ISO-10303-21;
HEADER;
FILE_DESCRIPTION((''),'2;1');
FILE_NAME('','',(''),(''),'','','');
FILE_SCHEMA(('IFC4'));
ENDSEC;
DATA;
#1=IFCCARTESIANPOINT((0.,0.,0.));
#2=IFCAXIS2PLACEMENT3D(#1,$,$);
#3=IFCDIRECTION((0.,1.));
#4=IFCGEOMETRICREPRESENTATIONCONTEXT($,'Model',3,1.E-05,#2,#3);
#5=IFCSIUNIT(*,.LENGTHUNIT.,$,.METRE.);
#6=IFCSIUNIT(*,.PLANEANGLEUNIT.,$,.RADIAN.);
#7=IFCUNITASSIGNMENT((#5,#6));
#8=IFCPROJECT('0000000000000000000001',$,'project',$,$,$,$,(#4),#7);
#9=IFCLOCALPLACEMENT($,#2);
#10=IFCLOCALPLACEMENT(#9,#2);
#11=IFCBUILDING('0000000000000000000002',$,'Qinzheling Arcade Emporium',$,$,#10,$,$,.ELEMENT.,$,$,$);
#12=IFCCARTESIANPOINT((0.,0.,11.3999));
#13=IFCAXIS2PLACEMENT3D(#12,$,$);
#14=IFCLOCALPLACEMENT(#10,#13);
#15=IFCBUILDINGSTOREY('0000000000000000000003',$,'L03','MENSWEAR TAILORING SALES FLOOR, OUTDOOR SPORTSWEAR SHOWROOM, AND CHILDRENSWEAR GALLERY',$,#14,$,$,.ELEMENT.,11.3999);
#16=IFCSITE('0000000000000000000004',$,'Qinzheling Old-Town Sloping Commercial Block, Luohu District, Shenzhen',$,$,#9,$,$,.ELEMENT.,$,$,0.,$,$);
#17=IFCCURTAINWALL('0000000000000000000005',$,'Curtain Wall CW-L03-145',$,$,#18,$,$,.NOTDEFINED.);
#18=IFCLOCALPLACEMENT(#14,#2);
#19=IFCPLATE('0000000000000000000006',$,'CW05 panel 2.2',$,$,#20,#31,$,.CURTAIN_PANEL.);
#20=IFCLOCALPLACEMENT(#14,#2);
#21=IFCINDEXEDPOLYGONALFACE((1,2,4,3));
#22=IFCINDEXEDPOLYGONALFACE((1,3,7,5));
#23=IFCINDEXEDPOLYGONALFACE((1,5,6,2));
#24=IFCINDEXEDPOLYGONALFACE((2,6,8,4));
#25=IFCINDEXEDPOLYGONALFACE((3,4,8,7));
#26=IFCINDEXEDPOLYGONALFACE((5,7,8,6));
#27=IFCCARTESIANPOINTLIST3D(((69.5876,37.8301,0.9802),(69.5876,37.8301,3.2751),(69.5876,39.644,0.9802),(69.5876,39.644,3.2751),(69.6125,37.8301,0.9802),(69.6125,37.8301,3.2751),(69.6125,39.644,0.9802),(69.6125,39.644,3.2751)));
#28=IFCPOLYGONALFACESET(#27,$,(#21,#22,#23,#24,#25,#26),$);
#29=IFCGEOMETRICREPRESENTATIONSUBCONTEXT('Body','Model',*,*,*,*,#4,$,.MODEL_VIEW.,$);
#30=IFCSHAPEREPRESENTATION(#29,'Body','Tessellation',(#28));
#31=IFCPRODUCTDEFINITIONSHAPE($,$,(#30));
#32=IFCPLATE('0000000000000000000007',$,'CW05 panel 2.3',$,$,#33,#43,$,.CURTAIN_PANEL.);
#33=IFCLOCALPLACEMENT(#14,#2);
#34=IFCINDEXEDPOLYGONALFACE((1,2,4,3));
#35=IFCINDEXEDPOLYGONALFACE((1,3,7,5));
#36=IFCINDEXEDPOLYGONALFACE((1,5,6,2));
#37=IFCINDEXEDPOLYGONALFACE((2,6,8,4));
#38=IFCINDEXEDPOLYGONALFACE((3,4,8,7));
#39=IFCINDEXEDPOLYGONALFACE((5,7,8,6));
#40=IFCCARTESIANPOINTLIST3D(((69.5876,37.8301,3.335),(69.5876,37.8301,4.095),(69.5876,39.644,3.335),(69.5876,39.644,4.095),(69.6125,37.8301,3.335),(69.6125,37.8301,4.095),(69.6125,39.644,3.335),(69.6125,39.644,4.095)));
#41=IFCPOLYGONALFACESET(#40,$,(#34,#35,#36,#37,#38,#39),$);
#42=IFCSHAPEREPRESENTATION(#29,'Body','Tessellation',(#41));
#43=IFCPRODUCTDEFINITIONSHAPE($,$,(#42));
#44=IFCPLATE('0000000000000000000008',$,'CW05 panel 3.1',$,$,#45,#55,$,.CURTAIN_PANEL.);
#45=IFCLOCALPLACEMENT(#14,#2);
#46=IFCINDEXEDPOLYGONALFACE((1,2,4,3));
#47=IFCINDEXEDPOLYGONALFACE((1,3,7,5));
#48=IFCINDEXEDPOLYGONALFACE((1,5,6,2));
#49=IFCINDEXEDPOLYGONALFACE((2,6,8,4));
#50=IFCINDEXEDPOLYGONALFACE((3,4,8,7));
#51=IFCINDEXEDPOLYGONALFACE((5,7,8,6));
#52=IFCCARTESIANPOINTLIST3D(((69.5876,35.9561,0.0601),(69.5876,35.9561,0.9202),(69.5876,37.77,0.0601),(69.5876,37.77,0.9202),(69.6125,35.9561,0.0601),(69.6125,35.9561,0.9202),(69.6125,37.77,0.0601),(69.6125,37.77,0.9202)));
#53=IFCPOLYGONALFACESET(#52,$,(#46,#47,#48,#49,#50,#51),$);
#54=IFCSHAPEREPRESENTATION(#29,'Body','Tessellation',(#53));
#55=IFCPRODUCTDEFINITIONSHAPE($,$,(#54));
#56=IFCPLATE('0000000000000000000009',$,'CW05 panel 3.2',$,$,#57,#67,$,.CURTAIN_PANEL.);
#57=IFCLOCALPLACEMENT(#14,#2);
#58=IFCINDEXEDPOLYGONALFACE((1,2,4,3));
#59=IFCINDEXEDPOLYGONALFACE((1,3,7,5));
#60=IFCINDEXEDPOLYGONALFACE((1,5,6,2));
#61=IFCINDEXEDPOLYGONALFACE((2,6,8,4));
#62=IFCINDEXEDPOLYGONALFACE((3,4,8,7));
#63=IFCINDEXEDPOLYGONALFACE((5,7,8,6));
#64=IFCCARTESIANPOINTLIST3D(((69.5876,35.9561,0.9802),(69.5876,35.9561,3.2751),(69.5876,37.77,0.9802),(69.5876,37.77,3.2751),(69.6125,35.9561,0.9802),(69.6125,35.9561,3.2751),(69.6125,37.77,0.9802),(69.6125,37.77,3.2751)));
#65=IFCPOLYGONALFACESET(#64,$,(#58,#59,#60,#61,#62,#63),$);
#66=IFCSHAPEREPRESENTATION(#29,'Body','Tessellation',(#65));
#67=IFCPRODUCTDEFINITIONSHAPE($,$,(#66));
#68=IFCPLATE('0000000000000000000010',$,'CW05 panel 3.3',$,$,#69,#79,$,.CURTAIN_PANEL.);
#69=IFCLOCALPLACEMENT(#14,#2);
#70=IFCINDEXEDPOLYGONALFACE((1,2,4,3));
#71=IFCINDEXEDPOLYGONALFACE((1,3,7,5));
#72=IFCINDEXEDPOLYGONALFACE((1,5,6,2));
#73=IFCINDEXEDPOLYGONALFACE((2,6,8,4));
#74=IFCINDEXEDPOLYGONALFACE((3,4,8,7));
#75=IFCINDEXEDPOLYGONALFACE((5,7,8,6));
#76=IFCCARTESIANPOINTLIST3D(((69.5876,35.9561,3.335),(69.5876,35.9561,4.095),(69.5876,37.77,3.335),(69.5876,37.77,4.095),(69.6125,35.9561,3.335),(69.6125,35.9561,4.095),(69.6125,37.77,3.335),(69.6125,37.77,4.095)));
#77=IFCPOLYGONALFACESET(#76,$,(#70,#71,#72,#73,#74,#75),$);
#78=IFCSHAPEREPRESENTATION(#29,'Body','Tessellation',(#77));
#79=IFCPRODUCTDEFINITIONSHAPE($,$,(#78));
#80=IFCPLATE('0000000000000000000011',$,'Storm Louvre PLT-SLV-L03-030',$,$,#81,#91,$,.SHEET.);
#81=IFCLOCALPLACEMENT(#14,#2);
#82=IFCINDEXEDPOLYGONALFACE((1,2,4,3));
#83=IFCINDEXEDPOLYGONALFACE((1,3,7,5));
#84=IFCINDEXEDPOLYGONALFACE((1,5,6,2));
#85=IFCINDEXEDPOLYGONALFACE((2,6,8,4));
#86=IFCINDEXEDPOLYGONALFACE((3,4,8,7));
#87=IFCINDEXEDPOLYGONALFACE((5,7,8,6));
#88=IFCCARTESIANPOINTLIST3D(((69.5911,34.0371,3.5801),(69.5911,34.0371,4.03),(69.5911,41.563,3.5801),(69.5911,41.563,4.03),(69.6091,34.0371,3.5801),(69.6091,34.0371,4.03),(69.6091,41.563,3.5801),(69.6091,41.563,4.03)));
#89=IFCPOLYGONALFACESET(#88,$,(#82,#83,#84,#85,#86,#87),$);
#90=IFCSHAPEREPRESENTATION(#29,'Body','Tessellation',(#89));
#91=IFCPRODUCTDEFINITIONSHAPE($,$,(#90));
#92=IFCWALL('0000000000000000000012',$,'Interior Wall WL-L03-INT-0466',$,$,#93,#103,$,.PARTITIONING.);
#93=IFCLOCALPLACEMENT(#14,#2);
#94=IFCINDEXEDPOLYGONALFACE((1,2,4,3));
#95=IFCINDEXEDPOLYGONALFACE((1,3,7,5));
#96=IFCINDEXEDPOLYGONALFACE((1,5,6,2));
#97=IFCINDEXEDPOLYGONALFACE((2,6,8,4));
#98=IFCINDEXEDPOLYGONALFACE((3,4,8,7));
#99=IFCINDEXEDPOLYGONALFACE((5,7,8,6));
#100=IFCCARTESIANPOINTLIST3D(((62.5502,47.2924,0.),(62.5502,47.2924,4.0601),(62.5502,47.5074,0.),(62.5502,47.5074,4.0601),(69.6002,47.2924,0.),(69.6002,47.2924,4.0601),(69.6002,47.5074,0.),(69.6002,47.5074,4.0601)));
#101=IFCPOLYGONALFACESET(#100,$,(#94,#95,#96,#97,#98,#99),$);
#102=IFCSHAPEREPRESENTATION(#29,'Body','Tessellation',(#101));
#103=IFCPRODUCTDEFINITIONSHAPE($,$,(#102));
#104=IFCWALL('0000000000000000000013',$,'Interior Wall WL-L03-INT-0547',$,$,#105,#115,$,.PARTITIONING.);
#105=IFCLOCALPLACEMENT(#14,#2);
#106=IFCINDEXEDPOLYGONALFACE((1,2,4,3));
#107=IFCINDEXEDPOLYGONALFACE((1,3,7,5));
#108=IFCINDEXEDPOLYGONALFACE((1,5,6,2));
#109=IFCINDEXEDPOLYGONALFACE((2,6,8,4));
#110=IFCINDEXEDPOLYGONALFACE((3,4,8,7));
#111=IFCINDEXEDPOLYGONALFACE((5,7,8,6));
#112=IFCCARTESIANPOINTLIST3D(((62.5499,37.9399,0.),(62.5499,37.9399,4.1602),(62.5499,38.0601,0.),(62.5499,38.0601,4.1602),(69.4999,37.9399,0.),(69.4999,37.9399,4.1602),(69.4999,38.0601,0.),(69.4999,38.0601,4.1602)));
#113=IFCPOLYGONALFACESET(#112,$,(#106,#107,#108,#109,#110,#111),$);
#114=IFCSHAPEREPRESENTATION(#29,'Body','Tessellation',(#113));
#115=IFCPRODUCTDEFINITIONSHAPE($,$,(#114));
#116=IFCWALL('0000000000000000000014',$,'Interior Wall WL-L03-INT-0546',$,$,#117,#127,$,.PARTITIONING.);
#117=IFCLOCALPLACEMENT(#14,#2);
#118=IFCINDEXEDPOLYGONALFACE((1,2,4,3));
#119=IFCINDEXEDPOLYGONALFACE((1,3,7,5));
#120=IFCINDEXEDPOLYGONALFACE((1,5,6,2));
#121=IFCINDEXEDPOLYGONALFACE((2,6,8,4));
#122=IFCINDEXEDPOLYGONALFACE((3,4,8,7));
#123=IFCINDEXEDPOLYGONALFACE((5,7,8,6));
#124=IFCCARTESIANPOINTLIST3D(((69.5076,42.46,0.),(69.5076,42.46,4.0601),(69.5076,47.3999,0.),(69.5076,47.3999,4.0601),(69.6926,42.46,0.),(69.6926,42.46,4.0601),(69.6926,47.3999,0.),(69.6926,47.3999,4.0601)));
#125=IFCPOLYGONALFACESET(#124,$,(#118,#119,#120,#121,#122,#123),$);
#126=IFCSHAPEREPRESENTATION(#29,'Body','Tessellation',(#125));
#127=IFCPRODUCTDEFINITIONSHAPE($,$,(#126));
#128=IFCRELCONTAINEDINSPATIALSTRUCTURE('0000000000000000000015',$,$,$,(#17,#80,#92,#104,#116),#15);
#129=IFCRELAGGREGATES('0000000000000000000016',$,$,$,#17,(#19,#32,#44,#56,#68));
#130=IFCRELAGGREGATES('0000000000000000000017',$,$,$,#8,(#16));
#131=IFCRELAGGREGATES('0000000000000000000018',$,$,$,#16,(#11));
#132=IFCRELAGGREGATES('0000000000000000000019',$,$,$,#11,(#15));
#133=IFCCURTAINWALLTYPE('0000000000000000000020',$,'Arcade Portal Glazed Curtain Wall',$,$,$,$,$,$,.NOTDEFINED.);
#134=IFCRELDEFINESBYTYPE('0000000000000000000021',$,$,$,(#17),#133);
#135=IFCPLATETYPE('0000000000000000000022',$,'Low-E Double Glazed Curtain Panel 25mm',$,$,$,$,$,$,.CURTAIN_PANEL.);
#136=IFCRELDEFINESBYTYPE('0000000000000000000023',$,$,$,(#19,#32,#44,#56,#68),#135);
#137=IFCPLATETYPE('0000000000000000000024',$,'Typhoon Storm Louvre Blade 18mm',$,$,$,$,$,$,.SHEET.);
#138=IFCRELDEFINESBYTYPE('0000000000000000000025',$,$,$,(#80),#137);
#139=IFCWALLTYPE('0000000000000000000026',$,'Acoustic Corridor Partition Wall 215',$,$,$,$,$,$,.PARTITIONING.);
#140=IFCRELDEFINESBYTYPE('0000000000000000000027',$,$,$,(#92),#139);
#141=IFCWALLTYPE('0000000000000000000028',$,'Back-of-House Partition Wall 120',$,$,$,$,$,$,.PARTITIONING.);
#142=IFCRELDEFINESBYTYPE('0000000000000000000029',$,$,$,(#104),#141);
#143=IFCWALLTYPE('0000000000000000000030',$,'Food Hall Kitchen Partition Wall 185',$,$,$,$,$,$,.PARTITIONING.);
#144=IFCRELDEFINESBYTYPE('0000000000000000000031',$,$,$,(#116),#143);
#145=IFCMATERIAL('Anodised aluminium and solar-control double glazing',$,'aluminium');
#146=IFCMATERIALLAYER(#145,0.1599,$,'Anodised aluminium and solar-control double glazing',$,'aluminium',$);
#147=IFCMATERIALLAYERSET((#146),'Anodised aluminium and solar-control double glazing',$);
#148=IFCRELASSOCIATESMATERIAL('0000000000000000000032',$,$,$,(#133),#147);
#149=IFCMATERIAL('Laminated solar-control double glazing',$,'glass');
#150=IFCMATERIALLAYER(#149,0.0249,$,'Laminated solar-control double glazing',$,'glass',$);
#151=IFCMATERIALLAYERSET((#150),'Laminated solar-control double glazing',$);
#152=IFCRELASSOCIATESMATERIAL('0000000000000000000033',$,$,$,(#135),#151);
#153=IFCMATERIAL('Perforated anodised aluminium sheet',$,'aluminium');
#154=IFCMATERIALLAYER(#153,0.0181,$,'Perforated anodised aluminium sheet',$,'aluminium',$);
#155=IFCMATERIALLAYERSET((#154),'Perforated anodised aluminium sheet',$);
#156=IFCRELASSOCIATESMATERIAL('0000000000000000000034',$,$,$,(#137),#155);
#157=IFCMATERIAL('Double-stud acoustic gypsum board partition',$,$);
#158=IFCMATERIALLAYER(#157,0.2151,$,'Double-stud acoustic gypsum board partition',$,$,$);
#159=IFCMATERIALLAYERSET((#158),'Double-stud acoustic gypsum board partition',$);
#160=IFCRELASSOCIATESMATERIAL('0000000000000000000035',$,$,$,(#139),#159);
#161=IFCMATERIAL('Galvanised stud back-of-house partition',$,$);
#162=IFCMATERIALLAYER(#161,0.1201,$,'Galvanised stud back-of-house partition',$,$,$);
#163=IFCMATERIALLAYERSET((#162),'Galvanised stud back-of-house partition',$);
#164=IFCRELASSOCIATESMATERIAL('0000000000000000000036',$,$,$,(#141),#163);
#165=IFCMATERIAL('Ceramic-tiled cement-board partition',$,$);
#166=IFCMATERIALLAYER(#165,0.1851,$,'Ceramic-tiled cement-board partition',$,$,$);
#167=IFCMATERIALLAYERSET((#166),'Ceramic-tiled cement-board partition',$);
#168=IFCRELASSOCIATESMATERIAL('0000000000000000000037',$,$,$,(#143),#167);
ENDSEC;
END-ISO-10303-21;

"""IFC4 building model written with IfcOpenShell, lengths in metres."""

from ifc_helpers import new_model, si_unit, direction, frame, frame_2d, origin, origin_2d, place, context, subcontext, project, spatial, rectangle, extrude, material, layer, layer_set, type_object, element, aggregate, save


model = new_model("IFC4")

# Units and contexts
model_context = context("Model", 3, precision=1e-05, world=origin(), true_north=direction((0.0, 1.0)))
body_context = subcontext(model_context, "Body", "Model", "MODEL_VIEW")
ifc_project = project(units=[si_unit("LENGTHUNIT", "METRE"), si_unit("PLANEANGLEUNIT", "RADIAN")], contexts=[model_context])

# Site, building, storey
site_placement = place(None, origin())
site = spatial("IfcSite", under=ifc_project, at=site_placement, Name="Qinzheling Old-Town Sloping Commercial Block, Luohu District, Shenzhen", CompositionType="ELEMENT", RefElevation=0.0)
building_placement = place(site_placement, origin())
building = spatial("IfcBuilding", under=site, at=building_placement, Name="Qinzheling Arcade Emporium", CompositionType="ELEMENT")
storey_placement = place(building_placement, frame((0.0, 0.0, 11.3999)))
storey = spatial("IfcBuildingStorey", under=building, at=storey_placement, Name="L03", Description="MENSWEAR TAILORING SALES FLOOR, OUTDOOR SPORTSWEAR SHOWROOM, AND CHILDRENSWEAR GALLERY", CompositionType="ELEMENT", Elevation=11.3999)

# Shared definitions
ifc_material_1 = material(Name="Anodised aluminium and solar-control double glazing", Category="aluminium")

# Curtain wall
ifc_layer_1 = layer(ifc_material_1, 0.1599, Name="Anodised aluminium and solar-control double glazing", Category="aluminium")
ifc_layer_set_1 = layer_set([ifc_layer_1], Name="Anodised aluminium and solar-control double glazing")
curtain_wall_type_1 = type_object("IfcCurtainWallType", Name="Arcade Portal Glazed Curtain Wall", PredefinedType="NOTDEFINED", material=ifc_layer_set_1)
curtain_wall_1_placement = place(storey_placement, origin())
curtain_wall_1 = element("IfcCurtainWall", 1, at=curtain_wall_1_placement, inside=storey, type_object=curtain_wall_type_1, Name="Curtain Wall CW-L03-145", PredefinedType="NOTDEFINED")

# Plates
ifc_material_2 = material(Name="Laminated solar-control double glazing", Category="glass")
ifc_layer_2 = layer(ifc_material_2, 0.0249, Name="Laminated solar-control double glazing", Category="glass")
ifc_layer_set_2 = layer_set([ifc_layer_2], Name="Laminated solar-control double glazing")
plate_type_1 = type_object("IfcPlateType", Name="Low-E Double Glazed Curtain Panel 25mm", PredefinedType="CURTAIN_PANEL", material=ifc_layer_set_2)
plate_1_placement = place(storey_placement, frame((69.6001, 38.7371, 0.9802), z_axis=(0.0, 0.0, 1.0), x_axis=(0.0, -1.0, 0.0)))
plate_1 = element("IfcPlate", 2, at=plate_1_placement, type_object=plate_type_1, Name="CW05 panel 2.2", PredefinedType="CURTAIN_PANEL", context=body_context, shape_type="SweptSolid", body=[
    extrude(rectangle(XDim=1.814, YDim=0.0249, at=origin_2d()), origin(), (0.0, 0.0, 1.0), 2.2949),
])
plate_2_placement = place(storey_placement, frame((69.6001, 38.7371, 3.335), z_axis=(0.0, 0.0, 1.0), x_axis=(0.0, -1.0, 0.0)))
plate_2 = element("IfcPlate", 3, at=plate_2_placement, type_object=plate_type_1, Name="CW05 panel 2.3", PredefinedType="CURTAIN_PANEL", context=body_context, shape_type="SweptSolid", body=[
    extrude(rectangle(XDim=1.814, YDim=0.0249, at=origin_2d()), origin(), (0.0, 0.0, 1.0), 0.76),
])
plate_3_placement = place(storey_placement, frame((69.6001, 36.863, 0.0601), z_axis=(0.0, 0.0, 1.0), x_axis=(0.0, -1.0, 0.0)))
plate_3 = element("IfcPlate", 4, at=plate_3_placement, type_object=plate_type_1, Name="CW05 panel 3.1", PredefinedType="CURTAIN_PANEL", context=body_context, shape_type="SweptSolid", body=[
    extrude(rectangle(XDim=1.814, YDim=0.0249, at=origin_2d()), origin(), (0.0, 0.0, 1.0), 0.8601),
])
plate_4_placement = place(storey_placement, frame((69.6001, 36.863, 0.9802), z_axis=(0.0, 0.0, 1.0), x_axis=(0.0, -1.0, 0.0)))
plate_4 = element("IfcPlate", 5, at=plate_4_placement, type_object=plate_type_1, Name="CW05 panel 3.2", PredefinedType="CURTAIN_PANEL", context=body_context, shape_type="SweptSolid", body=[
    extrude(rectangle(XDim=1.814, YDim=0.0249, at=origin_2d()), origin(), (0.0, 0.0, 1.0), 2.2949),
])
plate_5_placement = place(storey_placement, frame((69.6001, 36.863, 3.335), z_axis=(0.0, 0.0, 1.0), x_axis=(0.0, -1.0, 0.0)))
plate_5 = element("IfcPlate", 6, at=plate_5_placement, type_object=plate_type_1, Name="CW05 panel 3.3", PredefinedType="CURTAIN_PANEL", context=body_context, shape_type="SweptSolid", body=[
    extrude(rectangle(XDim=1.814, YDim=0.0249, at=origin_2d()), origin(), (0.0, 0.0, 1.0), 0.76),
])
aggregate(curtain_wall_1, [plate_1, plate_2, plate_3, plate_4, plate_5])
ifc_material_3 = material(Name="Perforated anodised aluminium sheet", Category="aluminium")
ifc_layer_3 = layer(ifc_material_3, 0.0181, Name="Perforated anodised aluminium sheet", Category="aluminium")
ifc_layer_set_3 = layer_set([ifc_layer_3], Name="Perforated anodised aluminium sheet")
plate_type_2 = type_object("IfcPlateType", Name="Typhoon Storm Louvre Blade 18mm", PredefinedType="SHEET", material=ifc_layer_set_3)
plate_6_placement = place(storey_placement, frame((69.6001, 37.8, 3.5801), z_axis=(0.0, 0.0, 1.0), x_axis=(0.0, -1.0, 0.0)))
element("IfcPlate", 7, at=plate_6_placement, inside=storey, type_object=plate_type_2, Name="Storm Louvre PLT-SLV-L03-030", PredefinedType="SHEET", context=body_context, shape_type="SweptSolid", body=[
    extrude(rectangle(XDim=7.5259, YDim=0.0181, at=origin_2d()), origin(), (0.0, 0.0, 1.0), 0.45),
])

# Walls
ifc_material_4 = material(Name="Double-stud acoustic gypsum board partition")
ifc_layer_4 = layer(ifc_material_4, 0.2151, Name="Double-stud acoustic gypsum board partition")
ifc_layer_set_4 = layer_set([ifc_layer_4], Name="Double-stud acoustic gypsum board partition")
wall_type_1 = type_object("IfcWallType", Name="Acoustic Corridor Partition Wall 215", PredefinedType="PARTITIONING", material=ifc_layer_set_4)
wall_1_placement = place(storey_placement, frame((69.6001, 47.3999, 0.0), z_axis=(0.0, 0.0, 1.0), x_axis=(-1.0, 0.0, 0.0)))
element("IfcWall", 8, at=wall_1_placement, inside=storey, type_object=wall_type_1, Name="Interior Wall WL-L03-INT-0466", PredefinedType="PARTITIONING", context=body_context, shape_type="SweptSolid", body=[
    extrude(rectangle(XDim=7.05, YDim=0.2151, at=frame_2d((3.5249, 0.0))), origin(), (0.0, 0.0, 1.0), 4.0601),
])
ifc_material_5 = material(Name="Galvanised stud back-of-house partition")
ifc_layer_5 = layer(ifc_material_5, 0.1201, Name="Galvanised stud back-of-house partition")
ifc_layer_set_5 = layer_set([ifc_layer_5], Name="Galvanised stud back-of-house partition")
wall_type_2 = type_object("IfcWallType", Name="Back-of-House Partition Wall 120", PredefinedType="PARTITIONING", material=ifc_layer_set_5)
wall_2_placement = place(storey_placement, frame((69.5, 38.0, 0.0), z_axis=(0.0, 0.0, 1.0), x_axis=(-1.0, 0.0, 0.0)))
element("IfcWall", 9, at=wall_2_placement, inside=storey, type_object=wall_type_2, Name="Interior Wall WL-L03-INT-0547", PredefinedType="PARTITIONING", context=body_context, shape_type="SweptSolid", body=[
    extrude(rectangle(XDim=6.95, YDim=0.1201, at=frame_2d((3.4751, 0.0))), origin(), (0.0, 0.0, 1.0), 4.1602),
])
ifc_material_6 = material(Name="Ceramic-tiled cement-board partition")
ifc_layer_6 = layer(ifc_material_6, 0.1851, Name="Ceramic-tiled cement-board partition")
ifc_layer_set_6 = layer_set([ifc_layer_6], Name="Ceramic-tiled cement-board partition")
wall_type_3 = type_object("IfcWallType", Name="Food Hall Kitchen Partition Wall 185", PredefinedType="PARTITIONING", material=ifc_layer_set_6)
wall_3_placement = place(storey_placement, frame((69.6001, 47.3999, 0.0), z_axis=(0.0, 0.0, 1.0), x_axis=(0.0, -1.0, 0.0)))
element("IfcWall", 10, at=wall_3_placement, inside=storey, type_object=wall_type_3, Name="Interior Wall WL-L03-INT-0546", PredefinedType="PARTITIONING", context=body_context, shape_type="SweptSolid", body=[
    extrude(rectangle(XDim=4.9399, YDim=0.1851, at=frame_2d((2.47, 0.0))), origin(), (0.0, 0.0, 1.0), 4.0601),
])

save(model, "model.ifc")
